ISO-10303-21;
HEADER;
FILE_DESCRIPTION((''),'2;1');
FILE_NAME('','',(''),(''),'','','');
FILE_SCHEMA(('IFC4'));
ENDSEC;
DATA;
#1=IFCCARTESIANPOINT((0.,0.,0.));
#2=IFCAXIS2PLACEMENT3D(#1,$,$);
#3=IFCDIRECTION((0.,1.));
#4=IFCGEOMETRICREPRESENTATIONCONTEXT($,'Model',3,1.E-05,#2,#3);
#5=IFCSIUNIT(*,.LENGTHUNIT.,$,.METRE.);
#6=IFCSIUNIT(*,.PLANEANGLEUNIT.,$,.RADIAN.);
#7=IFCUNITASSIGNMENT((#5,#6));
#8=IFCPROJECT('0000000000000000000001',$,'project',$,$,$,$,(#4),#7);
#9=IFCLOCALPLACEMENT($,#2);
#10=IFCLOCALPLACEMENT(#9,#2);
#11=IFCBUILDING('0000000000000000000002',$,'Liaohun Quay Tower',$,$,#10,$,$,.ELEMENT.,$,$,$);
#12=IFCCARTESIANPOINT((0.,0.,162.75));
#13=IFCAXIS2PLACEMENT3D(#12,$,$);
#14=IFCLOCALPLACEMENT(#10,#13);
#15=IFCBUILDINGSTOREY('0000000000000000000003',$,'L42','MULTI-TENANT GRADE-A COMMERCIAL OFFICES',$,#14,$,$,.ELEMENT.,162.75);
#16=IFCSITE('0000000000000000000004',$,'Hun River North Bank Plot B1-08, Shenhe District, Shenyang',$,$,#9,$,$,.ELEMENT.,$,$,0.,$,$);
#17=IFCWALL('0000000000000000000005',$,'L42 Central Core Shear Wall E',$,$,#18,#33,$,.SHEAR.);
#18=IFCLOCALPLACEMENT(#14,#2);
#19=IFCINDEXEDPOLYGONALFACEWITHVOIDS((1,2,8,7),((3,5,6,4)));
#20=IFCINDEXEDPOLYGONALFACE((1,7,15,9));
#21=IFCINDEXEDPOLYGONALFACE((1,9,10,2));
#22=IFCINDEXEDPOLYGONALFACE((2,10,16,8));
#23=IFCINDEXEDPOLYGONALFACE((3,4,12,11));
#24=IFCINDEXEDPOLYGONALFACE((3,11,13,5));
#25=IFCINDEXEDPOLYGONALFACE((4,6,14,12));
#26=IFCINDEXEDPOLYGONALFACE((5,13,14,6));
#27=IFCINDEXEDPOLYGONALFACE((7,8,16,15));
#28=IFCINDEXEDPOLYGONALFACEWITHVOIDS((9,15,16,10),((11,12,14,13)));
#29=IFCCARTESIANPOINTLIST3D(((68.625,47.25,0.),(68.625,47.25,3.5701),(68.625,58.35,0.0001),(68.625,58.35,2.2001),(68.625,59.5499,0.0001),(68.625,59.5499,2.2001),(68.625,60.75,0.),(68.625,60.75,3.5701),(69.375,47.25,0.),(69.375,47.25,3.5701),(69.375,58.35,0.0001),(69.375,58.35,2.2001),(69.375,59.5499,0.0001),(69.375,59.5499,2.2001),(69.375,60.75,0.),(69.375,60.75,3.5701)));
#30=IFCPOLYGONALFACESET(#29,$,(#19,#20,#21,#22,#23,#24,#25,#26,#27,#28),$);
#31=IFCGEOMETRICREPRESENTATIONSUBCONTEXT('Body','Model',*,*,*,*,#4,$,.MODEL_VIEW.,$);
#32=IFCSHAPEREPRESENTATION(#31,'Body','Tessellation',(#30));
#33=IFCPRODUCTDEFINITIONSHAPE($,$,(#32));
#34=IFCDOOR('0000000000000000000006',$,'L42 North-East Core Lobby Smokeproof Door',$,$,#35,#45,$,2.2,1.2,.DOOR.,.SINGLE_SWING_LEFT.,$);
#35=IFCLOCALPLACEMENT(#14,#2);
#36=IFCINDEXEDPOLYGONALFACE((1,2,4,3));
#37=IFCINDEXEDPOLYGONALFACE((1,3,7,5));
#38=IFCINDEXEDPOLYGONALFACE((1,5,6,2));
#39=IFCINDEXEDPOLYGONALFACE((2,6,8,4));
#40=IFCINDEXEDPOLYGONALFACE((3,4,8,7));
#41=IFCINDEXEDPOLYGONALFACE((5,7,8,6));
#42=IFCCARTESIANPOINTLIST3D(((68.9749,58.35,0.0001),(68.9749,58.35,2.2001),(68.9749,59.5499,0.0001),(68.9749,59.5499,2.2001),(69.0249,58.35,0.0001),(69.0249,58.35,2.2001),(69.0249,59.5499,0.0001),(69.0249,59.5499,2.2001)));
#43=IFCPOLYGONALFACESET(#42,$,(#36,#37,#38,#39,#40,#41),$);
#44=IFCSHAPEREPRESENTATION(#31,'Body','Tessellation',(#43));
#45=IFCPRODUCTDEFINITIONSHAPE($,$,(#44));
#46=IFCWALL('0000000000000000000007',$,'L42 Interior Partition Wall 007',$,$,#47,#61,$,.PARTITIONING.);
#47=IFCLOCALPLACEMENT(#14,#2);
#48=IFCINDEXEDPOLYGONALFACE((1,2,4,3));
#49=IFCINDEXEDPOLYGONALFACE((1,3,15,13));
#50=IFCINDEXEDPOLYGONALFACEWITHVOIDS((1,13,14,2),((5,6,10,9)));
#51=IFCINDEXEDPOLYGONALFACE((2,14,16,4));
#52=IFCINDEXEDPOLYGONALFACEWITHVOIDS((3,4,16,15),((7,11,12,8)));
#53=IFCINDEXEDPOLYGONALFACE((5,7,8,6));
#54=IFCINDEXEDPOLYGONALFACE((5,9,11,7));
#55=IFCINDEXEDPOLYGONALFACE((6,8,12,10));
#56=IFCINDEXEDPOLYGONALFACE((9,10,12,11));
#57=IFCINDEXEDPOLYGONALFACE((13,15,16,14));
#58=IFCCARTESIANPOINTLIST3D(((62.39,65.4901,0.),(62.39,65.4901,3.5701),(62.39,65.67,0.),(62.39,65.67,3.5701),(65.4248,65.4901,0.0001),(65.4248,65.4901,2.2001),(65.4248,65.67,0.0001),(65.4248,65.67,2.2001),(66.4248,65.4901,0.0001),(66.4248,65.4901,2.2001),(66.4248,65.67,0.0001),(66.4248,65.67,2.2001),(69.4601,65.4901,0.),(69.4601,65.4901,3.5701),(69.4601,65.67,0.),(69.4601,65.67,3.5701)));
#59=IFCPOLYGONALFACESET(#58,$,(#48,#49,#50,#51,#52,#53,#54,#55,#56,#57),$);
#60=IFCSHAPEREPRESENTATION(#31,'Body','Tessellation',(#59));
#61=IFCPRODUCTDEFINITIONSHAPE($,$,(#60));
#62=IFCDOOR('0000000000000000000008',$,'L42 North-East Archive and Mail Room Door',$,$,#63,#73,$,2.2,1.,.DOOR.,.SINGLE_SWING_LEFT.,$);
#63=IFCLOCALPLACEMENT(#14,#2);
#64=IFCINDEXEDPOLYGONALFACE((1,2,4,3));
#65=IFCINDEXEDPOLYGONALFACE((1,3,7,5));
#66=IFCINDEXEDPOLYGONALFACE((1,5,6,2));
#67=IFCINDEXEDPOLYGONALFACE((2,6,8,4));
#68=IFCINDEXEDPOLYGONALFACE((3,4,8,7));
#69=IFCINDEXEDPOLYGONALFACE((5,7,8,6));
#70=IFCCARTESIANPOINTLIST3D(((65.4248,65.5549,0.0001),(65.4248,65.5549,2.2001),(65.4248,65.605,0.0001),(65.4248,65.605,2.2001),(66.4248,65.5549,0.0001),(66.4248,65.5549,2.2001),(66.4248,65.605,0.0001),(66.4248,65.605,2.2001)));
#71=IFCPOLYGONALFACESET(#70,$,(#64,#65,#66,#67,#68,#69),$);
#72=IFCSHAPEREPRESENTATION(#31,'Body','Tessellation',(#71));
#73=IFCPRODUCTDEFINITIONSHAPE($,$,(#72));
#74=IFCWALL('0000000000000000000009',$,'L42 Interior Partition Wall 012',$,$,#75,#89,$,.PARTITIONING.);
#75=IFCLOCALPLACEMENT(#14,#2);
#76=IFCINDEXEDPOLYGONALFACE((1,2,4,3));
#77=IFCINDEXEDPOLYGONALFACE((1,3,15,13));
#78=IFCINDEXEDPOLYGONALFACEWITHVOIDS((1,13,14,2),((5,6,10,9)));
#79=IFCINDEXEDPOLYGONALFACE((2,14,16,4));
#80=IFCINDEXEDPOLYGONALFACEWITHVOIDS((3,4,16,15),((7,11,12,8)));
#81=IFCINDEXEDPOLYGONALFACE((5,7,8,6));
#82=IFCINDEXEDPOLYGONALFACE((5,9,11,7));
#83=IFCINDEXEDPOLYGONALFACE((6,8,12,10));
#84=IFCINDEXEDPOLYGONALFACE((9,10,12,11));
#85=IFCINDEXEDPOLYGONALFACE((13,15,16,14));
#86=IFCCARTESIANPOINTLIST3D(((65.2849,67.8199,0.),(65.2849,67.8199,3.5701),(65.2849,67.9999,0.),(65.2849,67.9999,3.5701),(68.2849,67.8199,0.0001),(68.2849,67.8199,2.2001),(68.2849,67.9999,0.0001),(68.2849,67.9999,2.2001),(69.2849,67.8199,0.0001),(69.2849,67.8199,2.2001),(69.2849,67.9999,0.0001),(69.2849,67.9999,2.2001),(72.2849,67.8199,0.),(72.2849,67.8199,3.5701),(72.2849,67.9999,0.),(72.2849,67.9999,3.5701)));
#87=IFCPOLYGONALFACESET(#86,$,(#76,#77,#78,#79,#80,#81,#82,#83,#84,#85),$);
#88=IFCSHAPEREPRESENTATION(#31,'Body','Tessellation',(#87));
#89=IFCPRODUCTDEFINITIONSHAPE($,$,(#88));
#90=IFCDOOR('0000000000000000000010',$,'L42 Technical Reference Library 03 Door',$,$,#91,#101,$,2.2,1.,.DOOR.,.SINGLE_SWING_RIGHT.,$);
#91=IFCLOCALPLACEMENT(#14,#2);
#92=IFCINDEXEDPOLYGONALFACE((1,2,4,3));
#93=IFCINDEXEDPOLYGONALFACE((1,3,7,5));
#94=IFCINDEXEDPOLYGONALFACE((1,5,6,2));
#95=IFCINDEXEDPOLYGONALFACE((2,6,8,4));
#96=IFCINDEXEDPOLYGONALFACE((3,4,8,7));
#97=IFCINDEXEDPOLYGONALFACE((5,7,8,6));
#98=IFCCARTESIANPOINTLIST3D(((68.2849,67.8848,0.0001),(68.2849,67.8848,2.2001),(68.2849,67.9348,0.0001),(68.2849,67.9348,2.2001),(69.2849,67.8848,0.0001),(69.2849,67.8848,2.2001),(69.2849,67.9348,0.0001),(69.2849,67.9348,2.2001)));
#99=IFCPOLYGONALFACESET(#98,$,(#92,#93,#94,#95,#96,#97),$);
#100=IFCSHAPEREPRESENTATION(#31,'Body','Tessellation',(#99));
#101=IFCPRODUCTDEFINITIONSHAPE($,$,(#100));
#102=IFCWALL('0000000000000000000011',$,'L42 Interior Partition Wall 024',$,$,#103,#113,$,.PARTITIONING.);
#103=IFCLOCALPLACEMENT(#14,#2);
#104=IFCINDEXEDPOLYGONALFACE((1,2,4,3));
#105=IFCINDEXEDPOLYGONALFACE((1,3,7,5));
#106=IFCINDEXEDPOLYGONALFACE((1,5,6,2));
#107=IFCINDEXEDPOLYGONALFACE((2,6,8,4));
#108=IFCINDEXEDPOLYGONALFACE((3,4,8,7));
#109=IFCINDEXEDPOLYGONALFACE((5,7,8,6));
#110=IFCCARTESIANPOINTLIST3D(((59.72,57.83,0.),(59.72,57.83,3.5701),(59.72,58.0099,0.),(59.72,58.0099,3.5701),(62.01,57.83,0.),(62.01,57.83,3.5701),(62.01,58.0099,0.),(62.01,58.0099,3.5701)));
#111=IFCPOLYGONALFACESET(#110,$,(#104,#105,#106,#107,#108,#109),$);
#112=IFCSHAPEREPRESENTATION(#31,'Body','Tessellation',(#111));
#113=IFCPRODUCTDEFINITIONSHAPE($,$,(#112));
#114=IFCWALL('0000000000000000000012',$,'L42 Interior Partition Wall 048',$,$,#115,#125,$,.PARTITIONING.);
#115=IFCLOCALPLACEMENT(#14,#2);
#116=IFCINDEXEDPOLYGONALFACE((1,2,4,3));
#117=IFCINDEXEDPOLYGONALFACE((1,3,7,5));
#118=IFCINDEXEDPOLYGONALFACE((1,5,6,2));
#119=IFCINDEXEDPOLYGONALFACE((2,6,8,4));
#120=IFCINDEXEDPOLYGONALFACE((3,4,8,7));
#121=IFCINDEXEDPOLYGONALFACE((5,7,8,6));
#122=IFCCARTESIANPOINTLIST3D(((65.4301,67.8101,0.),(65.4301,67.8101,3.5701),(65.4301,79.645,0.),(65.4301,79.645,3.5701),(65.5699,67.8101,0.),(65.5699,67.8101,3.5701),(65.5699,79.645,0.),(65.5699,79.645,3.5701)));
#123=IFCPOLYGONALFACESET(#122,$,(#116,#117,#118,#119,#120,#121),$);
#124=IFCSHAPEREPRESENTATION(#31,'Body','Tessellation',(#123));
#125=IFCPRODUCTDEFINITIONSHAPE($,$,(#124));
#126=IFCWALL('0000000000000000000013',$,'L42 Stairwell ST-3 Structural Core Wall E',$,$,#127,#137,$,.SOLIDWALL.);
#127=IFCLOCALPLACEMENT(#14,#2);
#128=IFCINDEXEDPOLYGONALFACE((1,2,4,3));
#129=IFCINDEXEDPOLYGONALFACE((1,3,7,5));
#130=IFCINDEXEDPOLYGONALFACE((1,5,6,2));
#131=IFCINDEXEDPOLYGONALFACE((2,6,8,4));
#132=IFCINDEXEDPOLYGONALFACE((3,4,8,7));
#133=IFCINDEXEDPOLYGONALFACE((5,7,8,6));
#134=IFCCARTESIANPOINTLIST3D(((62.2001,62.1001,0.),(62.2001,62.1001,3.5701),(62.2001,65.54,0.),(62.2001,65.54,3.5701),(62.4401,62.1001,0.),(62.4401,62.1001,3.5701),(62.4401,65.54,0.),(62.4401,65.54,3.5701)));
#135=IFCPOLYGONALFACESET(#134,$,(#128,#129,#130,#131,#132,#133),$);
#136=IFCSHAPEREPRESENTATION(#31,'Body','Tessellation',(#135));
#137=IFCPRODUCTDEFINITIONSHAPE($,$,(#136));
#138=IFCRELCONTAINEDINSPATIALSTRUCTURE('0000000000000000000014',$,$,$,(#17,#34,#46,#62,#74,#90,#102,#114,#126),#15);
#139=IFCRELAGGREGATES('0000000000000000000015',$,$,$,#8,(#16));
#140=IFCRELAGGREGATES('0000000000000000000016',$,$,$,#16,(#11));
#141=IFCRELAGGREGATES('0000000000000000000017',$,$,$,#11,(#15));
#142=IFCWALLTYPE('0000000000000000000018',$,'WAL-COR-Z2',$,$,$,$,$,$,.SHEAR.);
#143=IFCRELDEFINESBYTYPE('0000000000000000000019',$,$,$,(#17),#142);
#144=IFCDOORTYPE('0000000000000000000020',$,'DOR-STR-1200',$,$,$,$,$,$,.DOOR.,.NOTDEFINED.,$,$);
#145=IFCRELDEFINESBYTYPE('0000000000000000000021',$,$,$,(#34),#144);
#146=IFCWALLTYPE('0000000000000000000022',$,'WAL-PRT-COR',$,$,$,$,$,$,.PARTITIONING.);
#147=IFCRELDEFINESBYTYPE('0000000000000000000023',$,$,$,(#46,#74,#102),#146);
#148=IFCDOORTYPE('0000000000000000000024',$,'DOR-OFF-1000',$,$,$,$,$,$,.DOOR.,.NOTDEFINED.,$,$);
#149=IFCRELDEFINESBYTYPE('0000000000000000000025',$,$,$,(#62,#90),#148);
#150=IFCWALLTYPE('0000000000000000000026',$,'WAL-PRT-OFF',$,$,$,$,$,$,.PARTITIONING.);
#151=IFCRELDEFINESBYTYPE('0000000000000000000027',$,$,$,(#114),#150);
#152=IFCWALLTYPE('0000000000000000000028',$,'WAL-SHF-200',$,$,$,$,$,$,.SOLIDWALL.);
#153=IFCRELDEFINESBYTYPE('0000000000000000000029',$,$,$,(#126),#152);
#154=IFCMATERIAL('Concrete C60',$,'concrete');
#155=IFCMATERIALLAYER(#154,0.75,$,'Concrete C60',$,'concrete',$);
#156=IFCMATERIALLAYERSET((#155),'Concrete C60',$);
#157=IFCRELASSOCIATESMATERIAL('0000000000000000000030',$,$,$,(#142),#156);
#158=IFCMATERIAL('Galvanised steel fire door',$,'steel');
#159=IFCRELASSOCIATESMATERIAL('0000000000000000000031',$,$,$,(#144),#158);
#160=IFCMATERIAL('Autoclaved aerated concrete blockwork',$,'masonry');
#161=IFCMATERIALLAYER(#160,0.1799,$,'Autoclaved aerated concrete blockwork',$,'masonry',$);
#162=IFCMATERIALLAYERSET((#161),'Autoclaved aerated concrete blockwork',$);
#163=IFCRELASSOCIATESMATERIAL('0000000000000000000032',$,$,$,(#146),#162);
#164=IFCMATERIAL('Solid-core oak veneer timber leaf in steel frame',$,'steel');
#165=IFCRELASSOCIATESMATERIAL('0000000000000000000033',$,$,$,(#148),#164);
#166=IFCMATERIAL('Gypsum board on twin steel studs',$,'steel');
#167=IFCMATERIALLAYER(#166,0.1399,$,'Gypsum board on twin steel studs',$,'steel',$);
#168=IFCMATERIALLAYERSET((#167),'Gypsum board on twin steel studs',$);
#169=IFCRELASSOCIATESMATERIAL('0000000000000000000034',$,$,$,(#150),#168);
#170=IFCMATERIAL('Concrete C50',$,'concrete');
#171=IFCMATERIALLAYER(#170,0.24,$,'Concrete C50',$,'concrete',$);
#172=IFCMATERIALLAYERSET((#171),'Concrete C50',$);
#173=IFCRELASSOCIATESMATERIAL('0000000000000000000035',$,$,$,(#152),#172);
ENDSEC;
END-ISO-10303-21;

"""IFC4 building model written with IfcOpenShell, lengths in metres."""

from ifc_helpers import new_model, si_unit, direction, frame, frame_2d, origin, place, context, subcontext, project, spatial, rectangle, extrude, source, transform, mapped, material, layer, layer_set, type_object, element, fill, save


model = new_model("IFC4")

# Units and contexts
model_context = context("Model", 3, precision=1e-05, world=origin(), true_north=direction((0.0, 1.0)))
body_context = subcontext(model_context, "Body", "Model", "MODEL_VIEW")
ifc_project = project(units=[si_unit("LENGTHUNIT", "METRE"), si_unit("PLANEANGLEUNIT", "RADIAN")], contexts=[model_context])

# Site, building, storey
site_placement = place(None, origin())
site = spatial("IfcSite", under=ifc_project, at=site_placement, Name="Hun River North Bank Plot B1-08, Shenhe District, Shenyang", CompositionType="ELEMENT", RefElevation=0.0)
building_placement = place(site_placement, origin())
building = spatial("IfcBuilding", under=site, at=building_placement, Name="Liaohun Quay Tower", CompositionType="ELEMENT")
storey_placement = place(building_placement, frame((0.0, 0.0, 162.75)))
storey = spatial("IfcBuildingStorey", under=building, at=storey_placement, Name="L42", Description="MULTI-TENANT GRADE-A COMMERCIAL OFFICES", CompositionType="ELEMENT", Elevation=162.75)

# Shared definitions
ifc_material_1 = material(Name="Concrete C60", Category="concrete")

# Shared definitions
ifc_layer_1 = layer(ifc_material_1, 0.75, Name="Concrete C60", Category="concrete")
ifc_layer_set_1 = layer_set([ifc_layer_1], Name="Concrete C60")
wall_type_1 = type_object("IfcWallType", Name="WAL-COR-Z2", PredefinedType="SHEAR", material=ifc_layer_set_1)

# Walls, openings, doors
wall_1_placement = place(storey_placement, frame((69.0, 60.75, 0.0), z_axis=(0.0, 0.0, 1.0), x_axis=(0.0, -1.0, 0.0)))
wall_1 = element("IfcWall", 1, at=wall_1_placement, inside=storey, type_object=wall_type_1, Name="L42 Central Core Shear Wall E", PredefinedType="SHEAR", context=body_context, shape_type="SweptSolid", body=[
    extrude(rectangle(XDim=13.5, YDim=0.75, at=frame_2d((6.75, 0.0))), origin(), (0.0, 0.0, 1.0), 3.5701),
])
shared_shape_1 = source(origin(), body_context, "Body", "SweptSolid", [
    extrude(rectangle(XDim=1.2, YDim=2.2, at=frame_2d((0.6001, 1.1001))), frame((0.0, 0.385, 0.0), z_axis=(0.0, -1.0, 0.0), x_axis=(1.0, 0.0, 0.0)), (0.0, 0.0, 1.0), 0.77),
])
opening_1_placement = place(wall_1_placement, frame((1.2, 0.0, 0.0)))
opening_1 = element("IfcOpeningElement", 2, at=opening_1_placement, cuts=wall_1, PredefinedType="OPENING", context=body_context, shape_type="MappedRepresentation", body=[
    mapped(shared_shape_1, transform((0.0, 0.0, 0.0), x_axis=(1.0, 0.0, 0.0), y_axis=(0.0, 1.0, 0.0), z_axis=(0.0, 0.0, 1.0), scale=1.0)),
])
ifc_material_2 = material(Name="Galvanised steel fire door", Category="steel")
door_type_1 = type_object("IfcDoorType", Name="DOR-STR-1200", OperationType="NOTDEFINED", PredefinedType="DOOR", material=ifc_material_2)
shared_shape_2 = source(origin(), body_context, "Body", "SweptSolid", [
    extrude(rectangle(XDim=1.2, YDim=2.2, at=frame_2d((0.6001, 1.1001))), frame((0.0, 0.0249, 0.0), z_axis=(0.0, -1.0, 0.0), x_axis=(1.0, 0.0, 0.0)), (0.0, 0.0, 1.0), 0.05),
])
door_1_placement = place(opening_1_placement, origin())
door_1 = element("IfcDoor", 3, at=door_1_placement, inside=storey, type_object=door_type_1, Name="L42 North-East Core Lobby Smokeproof Door", OperationType="SINGLE_SWING_LEFT", OverallHeight=2.2, OverallWidth=1.2, PredefinedType="DOOR", context=body_context, shape_type="MappedRepresentation", body=[
    mapped(shared_shape_2, transform((0.0, 0.0, 0.0), x_axis=(1.0, 0.0, 0.0), y_axis=(0.0, 1.0, 0.0), z_axis=(0.0, 0.0, 1.0), scale=1.0)),
])
fill(opening_1, door_1)
ifc_material_3 = material(Name="Autoclaved aerated concrete blockwork", Category="masonry")
ifc_layer_2 = layer(ifc_material_3, 0.1799, Name="Autoclaved aerated concrete blockwork", Category="masonry")
ifc_layer_set_2 = layer_set([ifc_layer_2], Name="Autoclaved aerated concrete blockwork")
wall_type_2 = type_object("IfcWallType", Name="WAL-PRT-COR", PredefinedType="PARTITIONING", material=ifc_layer_set_2)
wall_2_placement = place(storey_placement, frame((62.3899, 65.5801, 0.0), z_axis=(0.0, 0.0, 1.0), x_axis=(1.0, 0.0, 0.0)))
wall_2 = element("IfcWall", 4, at=wall_2_placement, inside=storey, type_object=wall_type_2, Name="L42 Interior Partition Wall 007", PredefinedType="PARTITIONING", context=body_context, shape_type="SweptSolid", body=[
    extrude(rectangle(XDim=7.0701, YDim=0.1799, at=frame_2d((3.5352, 0.0))), origin(), (0.0, 0.0, 1.0), 3.5701),
])
shared_shape_3 = source(origin(), body_context, "Body", "SweptSolid", [
    extrude(rectangle(XDim=1.0, YDim=2.2, at=frame_2d((0.5, 1.1001))), frame((0.0, 0.0999, 0.0), z_axis=(0.0, -1.0, 0.0), x_axis=(1.0, 0.0, 0.0)), (0.0, 0.0, 1.0), 0.2),
])
opening_2_placement = place(wall_2_placement, frame((3.0349, 0.0, 0.0)))
opening_2 = element("IfcOpeningElement", 5, at=opening_2_placement, cuts=wall_2, PredefinedType="OPENING", context=body_context, shape_type="MappedRepresentation", body=[
    mapped(shared_shape_3, transform((0.0, 0.0, 0.0), x_axis=(1.0, 0.0, 0.0), y_axis=(0.0, 1.0, 0.0), z_axis=(0.0, 0.0, 1.0), scale=1.0)),
])
ifc_material_4 = material(Name="Solid-core oak veneer timber leaf in steel frame", Category="steel")
door_type_2 = type_object("IfcDoorType", Name="DOR-OFF-1000", OperationType="NOTDEFINED", PredefinedType="DOOR", material=ifc_material_4)
shared_shape_4 = source(origin(), body_context, "Body", "SweptSolid", [
    extrude(rectangle(XDim=1.0, YDim=2.2, at=frame_2d((0.5, 1.1001))), frame((0.0, 0.0249, 0.0), z_axis=(0.0, -1.0, 0.0), x_axis=(1.0, 0.0, 0.0)), (0.0, 0.0, 1.0), 0.05),
])
door_2_placement = place(opening_2_placement, origin())
door_2 = element("IfcDoor", 6, at=door_2_placement, inside=storey, type_object=door_type_2, Name="L42 North-East Archive and Mail Room Door", OperationType="SINGLE_SWING_LEFT", OverallHeight=2.2, OverallWidth=1.0, PredefinedType="DOOR", context=body_context, shape_type="MappedRepresentation", body=[
    mapped(shared_shape_4, transform((0.0, 0.0, 0.0), x_axis=(1.0, 0.0, 0.0), y_axis=(0.0, 1.0, 0.0), z_axis=(0.0, 0.0, 1.0), scale=1.0)),
])
fill(opening_2, door_2)
wall_3_placement = place(storey_placement, frame((65.2849, 67.9099, 0.0), z_axis=(0.0, 0.0, 1.0), x_axis=(1.0, 0.0, 0.0)))
wall_3 = element("IfcWall", 7, at=wall_3_placement, inside=storey, type_object=wall_type_2, Name="L42 Interior Partition Wall 012", PredefinedType="PARTITIONING", context=body_context, shape_type="SweptSolid", body=[
    extrude(rectangle(XDim=7.0, YDim=0.1799, at=frame_2d((3.5, 0.0))), origin(), (0.0, 0.0, 1.0), 3.5701),
])
opening_3_placement = place(wall_3_placement, frame((3.0, 0.0, 0.0)))
opening_3 = element("IfcOpeningElement", 8, at=opening_3_placement, cuts=wall_3, PredefinedType="OPENING", context=body_context, shape_type="MappedRepresentation", body=[
    mapped(shared_shape_3, transform((0.0, 0.0, 0.0), x_axis=(1.0, 0.0, 0.0), y_axis=(0.0, 1.0, 0.0), z_axis=(0.0, 0.0, 1.0), scale=1.0)),
])
door_3_placement = place(opening_3_placement, origin())
door_3 = element("IfcDoor", 9, at=door_3_placement, inside=storey, type_object=door_type_2, Name="L42 Technical Reference Library 03 Door", OperationType="SINGLE_SWING_RIGHT", OverallHeight=2.2, OverallWidth=1.0, PredefinedType="DOOR", context=body_context, shape_type="MappedRepresentation", body=[
    mapped(shared_shape_4, transform((0.0, 0.0, 0.0), x_axis=(1.0, 0.0, 0.0), y_axis=(0.0, 1.0, 0.0), z_axis=(0.0, 0.0, 1.0), scale=1.0)),
])
fill(opening_3, door_3)

# Walls
wall_4_placement = place(storey_placement, frame((59.72, 57.9199, 0.0), z_axis=(0.0, 0.0, 1.0), x_axis=(1.0, 0.0, 0.0)))
element("IfcWall", 10, at=wall_4_placement, inside=storey, type_object=wall_type_2, Name="L42 Interior Partition Wall 024", PredefinedType="PARTITIONING", context=body_context, shape_type="SweptSolid", body=[
    extrude(rectangle(XDim=2.29, YDim=0.1799, at=frame_2d((1.145, 0.0))), origin(), (0.0, 0.0, 1.0), 3.5701),
])
ifc_material_5 = material(Name="Gypsum board on twin steel studs", Category="steel")
ifc_layer_3 = layer(ifc_material_5, 0.1399, Name="Gypsum board on twin steel studs", Category="steel")
ifc_layer_set_3 = layer_set([ifc_layer_3], Name="Gypsum board on twin steel studs")
wall_type_3 = type_object("IfcWallType", Name="WAL-PRT-OFF", PredefinedType="PARTITIONING", material=ifc_layer_set_3)
wall_5_placement = place(storey_placement, frame((65.5, 67.8101, 0.0), z_axis=(0.0, 0.0, 1.0), x_axis=(0.0, 1.0, 0.0)))
element("IfcWall", 11, at=wall_5_placement, inside=storey, type_object=wall_type_3, Name="L42 Interior Partition Wall 048", PredefinedType="PARTITIONING", context=body_context, shape_type="SweptSolid", body=[
    extrude(rectangle(XDim=11.835, YDim=0.1399, at=frame_2d((5.9175, 0.0))), origin(), (0.0, 0.0, 1.0), 3.5701),
])
ifc_material_6 = material(Name="Concrete C50", Category="concrete")
ifc_layer_4 = layer(ifc_material_6, 0.24, Name="Concrete C50", Category="concrete")
ifc_layer_set_4 = layer_set([ifc_layer_4], Name="Concrete C50")
wall_type_4 = type_object("IfcWallType", Name="WAL-SHF-200", PredefinedType="SOLIDWALL", material=ifc_layer_set_4)
wall_6_placement = place(storey_placement, frame((62.3201, 62.1001, 0.0), z_axis=(0.0, 0.0, 1.0), x_axis=(0.0, 1.0, 0.0)))
element("IfcWall", 12, at=wall_6_placement, inside=storey, type_object=wall_type_4, Name="L42 Stairwell ST-3 Structural Core Wall E", PredefinedType="SOLIDWALL", context=body_context, shape_type="SweptSolid", body=[
    extrude(rectangle(XDim=3.4399, YDim=0.24, at=frame_2d((1.72, 0.0))), origin(), (0.0, 0.0, 1.0), 3.5701),
])

save(model, "model.ifc")
